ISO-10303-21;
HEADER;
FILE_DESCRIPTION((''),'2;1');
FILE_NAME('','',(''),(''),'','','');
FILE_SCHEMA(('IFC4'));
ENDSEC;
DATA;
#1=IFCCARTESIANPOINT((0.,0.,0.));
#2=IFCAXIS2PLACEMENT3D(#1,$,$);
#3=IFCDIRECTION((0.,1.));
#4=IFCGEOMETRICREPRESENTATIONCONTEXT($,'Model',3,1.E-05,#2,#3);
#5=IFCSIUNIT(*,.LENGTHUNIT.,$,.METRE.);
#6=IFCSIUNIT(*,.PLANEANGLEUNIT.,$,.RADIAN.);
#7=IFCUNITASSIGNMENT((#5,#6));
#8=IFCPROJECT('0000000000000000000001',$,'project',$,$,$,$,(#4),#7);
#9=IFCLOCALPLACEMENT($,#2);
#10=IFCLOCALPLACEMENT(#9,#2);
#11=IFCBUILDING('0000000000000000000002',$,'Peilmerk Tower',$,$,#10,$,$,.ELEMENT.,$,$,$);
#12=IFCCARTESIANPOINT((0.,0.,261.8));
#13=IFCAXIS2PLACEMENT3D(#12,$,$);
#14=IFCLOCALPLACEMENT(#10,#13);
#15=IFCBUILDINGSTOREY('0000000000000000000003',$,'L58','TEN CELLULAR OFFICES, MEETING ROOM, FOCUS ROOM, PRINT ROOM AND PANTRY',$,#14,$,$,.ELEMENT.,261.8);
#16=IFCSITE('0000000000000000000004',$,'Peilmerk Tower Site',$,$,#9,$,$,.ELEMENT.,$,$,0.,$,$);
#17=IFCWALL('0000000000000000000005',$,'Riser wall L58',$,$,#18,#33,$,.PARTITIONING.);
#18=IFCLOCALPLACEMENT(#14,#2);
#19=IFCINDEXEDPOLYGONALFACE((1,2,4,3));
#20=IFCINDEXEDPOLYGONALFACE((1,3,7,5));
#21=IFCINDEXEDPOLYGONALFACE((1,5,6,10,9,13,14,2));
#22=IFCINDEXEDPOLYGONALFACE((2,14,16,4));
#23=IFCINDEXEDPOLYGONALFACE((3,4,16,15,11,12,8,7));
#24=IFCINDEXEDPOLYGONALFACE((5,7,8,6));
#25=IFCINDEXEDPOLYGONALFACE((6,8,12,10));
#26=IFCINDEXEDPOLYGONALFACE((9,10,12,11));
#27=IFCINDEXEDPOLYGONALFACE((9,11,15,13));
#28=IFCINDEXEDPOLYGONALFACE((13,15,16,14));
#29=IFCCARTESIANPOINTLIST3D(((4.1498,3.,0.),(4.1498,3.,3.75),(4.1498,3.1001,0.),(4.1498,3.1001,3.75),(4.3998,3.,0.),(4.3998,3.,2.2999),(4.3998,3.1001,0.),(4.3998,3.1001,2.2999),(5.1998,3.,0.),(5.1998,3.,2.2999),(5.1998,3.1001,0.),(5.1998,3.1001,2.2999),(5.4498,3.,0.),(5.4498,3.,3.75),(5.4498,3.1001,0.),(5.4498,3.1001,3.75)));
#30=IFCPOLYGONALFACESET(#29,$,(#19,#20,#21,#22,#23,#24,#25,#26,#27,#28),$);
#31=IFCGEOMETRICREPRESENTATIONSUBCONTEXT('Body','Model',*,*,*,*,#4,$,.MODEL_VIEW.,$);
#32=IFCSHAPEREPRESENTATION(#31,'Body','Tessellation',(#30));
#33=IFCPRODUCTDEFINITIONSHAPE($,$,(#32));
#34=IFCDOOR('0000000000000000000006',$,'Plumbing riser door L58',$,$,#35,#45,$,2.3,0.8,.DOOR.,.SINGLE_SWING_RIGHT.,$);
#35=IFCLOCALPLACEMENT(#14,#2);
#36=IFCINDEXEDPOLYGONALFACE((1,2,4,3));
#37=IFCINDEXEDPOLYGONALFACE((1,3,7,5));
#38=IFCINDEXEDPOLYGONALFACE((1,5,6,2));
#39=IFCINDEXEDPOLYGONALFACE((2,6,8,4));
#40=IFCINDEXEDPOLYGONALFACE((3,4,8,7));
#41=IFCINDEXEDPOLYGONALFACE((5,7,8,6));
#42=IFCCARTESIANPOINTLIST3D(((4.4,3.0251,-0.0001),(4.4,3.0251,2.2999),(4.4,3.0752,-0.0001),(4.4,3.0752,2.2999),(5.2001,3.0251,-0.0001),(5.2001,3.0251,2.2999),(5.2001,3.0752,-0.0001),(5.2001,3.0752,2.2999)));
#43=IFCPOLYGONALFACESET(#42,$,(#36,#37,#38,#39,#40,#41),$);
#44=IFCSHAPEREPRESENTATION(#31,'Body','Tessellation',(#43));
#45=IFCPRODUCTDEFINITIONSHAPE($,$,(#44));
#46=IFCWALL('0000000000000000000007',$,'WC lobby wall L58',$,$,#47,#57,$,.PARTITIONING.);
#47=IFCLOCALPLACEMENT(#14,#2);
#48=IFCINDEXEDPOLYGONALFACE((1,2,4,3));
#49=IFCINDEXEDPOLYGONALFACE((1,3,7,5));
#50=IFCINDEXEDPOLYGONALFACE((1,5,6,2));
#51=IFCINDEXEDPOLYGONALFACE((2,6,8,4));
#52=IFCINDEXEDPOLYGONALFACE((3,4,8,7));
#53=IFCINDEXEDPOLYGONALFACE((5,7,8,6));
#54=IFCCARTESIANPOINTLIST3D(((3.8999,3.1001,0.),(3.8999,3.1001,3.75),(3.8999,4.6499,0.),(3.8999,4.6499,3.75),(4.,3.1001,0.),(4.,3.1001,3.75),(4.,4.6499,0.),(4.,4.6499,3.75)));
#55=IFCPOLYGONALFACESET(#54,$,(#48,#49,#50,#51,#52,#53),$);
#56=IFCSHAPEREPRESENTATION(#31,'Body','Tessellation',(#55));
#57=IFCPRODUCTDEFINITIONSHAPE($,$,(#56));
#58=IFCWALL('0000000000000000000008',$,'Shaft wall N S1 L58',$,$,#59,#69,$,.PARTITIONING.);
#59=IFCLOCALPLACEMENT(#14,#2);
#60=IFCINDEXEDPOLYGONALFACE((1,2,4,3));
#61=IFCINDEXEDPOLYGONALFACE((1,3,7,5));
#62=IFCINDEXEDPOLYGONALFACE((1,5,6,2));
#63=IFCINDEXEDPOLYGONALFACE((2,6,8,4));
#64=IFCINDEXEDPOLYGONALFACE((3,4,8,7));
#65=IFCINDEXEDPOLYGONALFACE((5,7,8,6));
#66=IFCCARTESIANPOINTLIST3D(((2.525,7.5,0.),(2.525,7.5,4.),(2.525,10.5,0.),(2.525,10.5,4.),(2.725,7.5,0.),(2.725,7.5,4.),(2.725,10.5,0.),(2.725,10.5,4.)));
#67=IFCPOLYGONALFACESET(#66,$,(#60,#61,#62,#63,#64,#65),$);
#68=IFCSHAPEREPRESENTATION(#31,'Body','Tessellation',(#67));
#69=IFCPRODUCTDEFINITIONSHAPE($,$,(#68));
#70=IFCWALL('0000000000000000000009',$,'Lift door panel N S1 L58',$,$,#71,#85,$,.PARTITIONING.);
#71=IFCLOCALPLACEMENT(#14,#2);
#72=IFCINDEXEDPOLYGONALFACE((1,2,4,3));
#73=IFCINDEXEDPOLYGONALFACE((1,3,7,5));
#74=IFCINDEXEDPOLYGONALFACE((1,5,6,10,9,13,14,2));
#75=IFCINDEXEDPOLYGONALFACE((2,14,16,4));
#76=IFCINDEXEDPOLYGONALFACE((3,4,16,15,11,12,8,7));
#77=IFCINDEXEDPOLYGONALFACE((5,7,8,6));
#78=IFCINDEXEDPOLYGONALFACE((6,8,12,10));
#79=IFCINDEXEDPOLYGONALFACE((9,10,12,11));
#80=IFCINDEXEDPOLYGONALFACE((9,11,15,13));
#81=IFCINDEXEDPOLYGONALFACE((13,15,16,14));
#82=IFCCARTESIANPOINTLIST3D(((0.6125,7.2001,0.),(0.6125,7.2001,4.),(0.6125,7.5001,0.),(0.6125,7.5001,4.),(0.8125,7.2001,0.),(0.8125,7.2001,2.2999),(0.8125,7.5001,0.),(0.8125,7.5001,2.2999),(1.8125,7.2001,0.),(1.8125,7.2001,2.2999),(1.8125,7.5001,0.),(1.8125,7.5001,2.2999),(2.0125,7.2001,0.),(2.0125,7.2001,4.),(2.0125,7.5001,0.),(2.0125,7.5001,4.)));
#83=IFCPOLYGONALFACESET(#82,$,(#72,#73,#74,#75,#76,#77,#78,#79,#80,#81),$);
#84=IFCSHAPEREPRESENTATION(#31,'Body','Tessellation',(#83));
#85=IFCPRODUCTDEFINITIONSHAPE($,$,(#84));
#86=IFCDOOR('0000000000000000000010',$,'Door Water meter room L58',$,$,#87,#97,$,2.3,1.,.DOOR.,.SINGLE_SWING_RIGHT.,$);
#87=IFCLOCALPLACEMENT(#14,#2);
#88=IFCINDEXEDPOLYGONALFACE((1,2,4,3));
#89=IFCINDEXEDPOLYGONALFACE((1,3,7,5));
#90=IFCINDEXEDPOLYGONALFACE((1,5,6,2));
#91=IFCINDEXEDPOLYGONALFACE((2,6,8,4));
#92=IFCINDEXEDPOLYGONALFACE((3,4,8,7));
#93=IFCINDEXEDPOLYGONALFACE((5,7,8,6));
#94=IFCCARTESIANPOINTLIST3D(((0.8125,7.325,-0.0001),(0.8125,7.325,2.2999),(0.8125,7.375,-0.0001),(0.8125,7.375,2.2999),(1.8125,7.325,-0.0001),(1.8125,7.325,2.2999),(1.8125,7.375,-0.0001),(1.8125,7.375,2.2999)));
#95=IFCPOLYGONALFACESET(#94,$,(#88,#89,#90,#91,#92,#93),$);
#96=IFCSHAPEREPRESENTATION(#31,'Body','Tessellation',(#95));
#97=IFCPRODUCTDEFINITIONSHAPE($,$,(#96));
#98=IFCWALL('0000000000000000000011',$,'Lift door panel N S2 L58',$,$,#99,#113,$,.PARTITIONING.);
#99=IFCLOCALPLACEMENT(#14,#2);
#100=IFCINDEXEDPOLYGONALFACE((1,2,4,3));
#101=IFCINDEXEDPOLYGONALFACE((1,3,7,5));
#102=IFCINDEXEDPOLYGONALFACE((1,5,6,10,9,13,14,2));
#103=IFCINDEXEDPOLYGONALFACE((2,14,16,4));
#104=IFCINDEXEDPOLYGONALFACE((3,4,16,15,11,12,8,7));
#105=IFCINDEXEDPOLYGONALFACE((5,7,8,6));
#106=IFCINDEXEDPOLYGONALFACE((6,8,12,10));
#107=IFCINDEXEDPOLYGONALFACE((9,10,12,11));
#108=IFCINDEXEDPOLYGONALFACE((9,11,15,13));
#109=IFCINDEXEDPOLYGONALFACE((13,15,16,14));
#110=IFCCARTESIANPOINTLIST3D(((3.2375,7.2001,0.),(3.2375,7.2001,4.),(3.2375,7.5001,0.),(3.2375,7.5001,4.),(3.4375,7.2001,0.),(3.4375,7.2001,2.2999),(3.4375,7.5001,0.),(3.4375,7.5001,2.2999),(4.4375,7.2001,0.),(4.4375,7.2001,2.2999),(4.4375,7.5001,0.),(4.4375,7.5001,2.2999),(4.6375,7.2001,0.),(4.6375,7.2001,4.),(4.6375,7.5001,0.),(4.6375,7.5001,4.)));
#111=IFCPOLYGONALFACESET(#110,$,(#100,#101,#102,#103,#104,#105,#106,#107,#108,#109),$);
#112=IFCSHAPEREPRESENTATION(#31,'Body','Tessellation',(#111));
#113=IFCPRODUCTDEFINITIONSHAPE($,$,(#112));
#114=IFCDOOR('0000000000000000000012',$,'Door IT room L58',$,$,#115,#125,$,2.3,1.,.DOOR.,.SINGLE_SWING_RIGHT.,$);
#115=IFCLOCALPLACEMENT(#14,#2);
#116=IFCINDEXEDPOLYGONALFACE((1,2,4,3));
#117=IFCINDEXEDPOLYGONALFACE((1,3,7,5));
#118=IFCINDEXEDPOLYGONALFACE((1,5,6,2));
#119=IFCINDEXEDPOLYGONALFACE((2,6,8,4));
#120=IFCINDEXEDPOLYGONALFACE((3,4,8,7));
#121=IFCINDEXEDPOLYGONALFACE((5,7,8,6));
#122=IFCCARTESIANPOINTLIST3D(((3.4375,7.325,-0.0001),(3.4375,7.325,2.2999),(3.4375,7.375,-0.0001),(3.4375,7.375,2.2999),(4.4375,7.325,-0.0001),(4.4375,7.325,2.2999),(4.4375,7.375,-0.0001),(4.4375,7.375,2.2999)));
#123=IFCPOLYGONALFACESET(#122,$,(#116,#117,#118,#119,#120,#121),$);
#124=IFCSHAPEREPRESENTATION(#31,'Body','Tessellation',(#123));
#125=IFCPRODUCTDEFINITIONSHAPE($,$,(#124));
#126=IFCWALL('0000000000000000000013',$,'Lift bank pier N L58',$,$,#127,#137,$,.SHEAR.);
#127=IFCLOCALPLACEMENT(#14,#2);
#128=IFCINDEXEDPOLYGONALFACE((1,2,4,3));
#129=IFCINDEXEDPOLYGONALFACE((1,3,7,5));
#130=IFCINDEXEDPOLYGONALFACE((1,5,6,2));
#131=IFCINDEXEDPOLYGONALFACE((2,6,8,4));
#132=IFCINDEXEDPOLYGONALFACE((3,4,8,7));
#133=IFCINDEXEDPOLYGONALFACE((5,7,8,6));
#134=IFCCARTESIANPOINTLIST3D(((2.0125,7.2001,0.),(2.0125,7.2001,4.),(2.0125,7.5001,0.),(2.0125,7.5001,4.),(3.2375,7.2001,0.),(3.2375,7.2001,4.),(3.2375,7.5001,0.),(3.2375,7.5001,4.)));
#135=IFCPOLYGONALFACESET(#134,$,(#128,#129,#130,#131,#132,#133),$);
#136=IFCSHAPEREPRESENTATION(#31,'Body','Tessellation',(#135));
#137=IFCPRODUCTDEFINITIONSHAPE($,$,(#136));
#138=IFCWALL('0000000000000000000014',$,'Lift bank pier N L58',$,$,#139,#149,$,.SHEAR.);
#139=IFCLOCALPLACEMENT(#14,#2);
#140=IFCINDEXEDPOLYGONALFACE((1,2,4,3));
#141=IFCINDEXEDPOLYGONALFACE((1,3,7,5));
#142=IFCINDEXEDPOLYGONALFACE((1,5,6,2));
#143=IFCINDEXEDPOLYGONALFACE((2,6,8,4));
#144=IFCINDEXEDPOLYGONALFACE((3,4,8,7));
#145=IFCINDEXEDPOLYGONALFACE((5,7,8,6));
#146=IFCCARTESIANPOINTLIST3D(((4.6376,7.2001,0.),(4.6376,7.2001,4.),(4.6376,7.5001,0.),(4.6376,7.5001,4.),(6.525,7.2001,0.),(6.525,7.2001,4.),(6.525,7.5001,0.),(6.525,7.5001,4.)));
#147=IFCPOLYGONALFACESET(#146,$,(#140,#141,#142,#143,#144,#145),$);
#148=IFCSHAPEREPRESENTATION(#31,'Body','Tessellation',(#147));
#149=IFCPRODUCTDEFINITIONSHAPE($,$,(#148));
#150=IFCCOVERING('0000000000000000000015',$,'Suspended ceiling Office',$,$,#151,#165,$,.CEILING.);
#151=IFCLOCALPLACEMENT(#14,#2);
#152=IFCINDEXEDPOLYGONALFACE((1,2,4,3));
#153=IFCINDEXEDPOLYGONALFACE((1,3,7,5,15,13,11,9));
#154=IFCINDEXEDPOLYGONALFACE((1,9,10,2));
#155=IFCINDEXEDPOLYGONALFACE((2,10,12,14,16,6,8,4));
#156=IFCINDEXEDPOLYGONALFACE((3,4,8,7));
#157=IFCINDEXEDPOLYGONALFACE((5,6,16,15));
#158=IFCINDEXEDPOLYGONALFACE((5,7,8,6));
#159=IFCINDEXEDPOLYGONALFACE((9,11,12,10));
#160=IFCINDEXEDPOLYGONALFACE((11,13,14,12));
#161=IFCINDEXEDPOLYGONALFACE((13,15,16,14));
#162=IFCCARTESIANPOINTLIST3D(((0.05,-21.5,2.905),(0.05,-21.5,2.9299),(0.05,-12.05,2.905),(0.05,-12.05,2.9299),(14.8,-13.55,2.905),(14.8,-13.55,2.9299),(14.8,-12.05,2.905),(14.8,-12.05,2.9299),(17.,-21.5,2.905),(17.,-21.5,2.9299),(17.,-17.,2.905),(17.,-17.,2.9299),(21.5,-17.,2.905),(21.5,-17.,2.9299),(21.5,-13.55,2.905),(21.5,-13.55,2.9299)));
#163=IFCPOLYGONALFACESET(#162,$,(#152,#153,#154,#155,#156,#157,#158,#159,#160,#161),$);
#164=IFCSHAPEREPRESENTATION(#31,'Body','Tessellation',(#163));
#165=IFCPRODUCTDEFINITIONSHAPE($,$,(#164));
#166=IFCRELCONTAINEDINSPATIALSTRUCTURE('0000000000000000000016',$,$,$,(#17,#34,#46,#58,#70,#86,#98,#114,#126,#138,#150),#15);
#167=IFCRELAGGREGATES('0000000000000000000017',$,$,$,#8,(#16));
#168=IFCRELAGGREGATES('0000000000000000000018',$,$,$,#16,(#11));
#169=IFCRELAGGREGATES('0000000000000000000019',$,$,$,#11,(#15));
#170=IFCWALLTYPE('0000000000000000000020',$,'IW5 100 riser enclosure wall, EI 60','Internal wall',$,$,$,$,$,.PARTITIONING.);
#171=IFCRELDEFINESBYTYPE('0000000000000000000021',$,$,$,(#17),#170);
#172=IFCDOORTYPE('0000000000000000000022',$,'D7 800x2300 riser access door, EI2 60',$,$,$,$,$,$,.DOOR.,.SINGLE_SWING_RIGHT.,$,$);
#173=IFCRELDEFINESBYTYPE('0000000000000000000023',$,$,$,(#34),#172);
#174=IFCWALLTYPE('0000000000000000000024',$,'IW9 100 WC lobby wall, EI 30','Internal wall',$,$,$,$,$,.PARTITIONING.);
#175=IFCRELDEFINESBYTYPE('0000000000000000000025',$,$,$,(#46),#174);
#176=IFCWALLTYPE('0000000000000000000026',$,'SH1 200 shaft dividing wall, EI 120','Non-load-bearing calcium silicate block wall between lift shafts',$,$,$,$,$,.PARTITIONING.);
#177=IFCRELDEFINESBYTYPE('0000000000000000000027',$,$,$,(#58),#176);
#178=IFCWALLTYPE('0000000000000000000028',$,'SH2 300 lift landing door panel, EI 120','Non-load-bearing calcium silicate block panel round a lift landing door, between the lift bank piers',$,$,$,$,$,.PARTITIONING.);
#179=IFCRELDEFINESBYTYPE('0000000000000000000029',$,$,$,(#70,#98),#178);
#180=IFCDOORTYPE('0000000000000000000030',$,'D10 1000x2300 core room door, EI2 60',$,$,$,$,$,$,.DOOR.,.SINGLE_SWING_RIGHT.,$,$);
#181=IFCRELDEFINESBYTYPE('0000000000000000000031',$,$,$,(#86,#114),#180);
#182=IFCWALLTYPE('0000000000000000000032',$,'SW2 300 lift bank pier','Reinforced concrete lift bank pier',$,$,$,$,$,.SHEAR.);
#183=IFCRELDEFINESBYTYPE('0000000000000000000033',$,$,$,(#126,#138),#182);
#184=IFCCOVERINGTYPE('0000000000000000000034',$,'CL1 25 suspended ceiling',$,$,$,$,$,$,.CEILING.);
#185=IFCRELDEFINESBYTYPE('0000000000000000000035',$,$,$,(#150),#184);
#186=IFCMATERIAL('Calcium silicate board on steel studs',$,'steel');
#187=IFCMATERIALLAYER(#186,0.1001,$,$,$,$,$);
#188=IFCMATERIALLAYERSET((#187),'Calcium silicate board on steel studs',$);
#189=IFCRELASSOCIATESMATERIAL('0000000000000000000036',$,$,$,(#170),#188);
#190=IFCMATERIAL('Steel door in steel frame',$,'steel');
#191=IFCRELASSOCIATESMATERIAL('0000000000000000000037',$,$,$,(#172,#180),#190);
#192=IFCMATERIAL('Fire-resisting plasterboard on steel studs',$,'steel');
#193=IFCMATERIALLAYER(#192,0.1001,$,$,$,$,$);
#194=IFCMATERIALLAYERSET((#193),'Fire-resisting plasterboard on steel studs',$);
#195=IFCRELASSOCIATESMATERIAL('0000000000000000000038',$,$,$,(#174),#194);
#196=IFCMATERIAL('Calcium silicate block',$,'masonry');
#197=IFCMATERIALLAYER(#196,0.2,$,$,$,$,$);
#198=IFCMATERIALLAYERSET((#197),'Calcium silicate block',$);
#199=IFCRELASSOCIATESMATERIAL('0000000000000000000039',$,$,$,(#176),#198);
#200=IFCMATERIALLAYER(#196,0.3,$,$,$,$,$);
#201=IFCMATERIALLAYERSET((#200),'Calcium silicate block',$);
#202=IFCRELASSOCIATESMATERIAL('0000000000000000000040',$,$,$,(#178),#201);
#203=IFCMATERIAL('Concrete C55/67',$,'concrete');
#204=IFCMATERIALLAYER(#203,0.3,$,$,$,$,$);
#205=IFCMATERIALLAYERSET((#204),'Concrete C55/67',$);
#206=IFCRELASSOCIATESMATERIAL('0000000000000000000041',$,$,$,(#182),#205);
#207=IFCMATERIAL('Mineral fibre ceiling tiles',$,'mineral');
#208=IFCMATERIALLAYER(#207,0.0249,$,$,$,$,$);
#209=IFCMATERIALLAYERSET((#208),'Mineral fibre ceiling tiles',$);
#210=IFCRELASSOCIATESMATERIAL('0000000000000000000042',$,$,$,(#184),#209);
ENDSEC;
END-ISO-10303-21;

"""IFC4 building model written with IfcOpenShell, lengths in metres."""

from ifc_helpers import new_model, si_unit, direction, frame, frame_2d, origin, place, context, subcontext, project, spatial, polyline, rectangle, outline, extrude, material, layer, layer_set, type_object, element, fill, save


model = new_model("IFC4")

# Units and contexts
model_context = context("Model", 3, precision=1e-05, world=origin(), true_north=direction((0.0, 1.0)))
body_context = subcontext(model_context, "Body", "Model", "MODEL_VIEW")
ifc_project = project(units=[si_unit("LENGTHUNIT", "METRE"), si_unit("PLANEANGLEUNIT", "RADIAN")], contexts=[model_context])

# Site, building, storey
site_placement = place(None, origin())
site = spatial("IfcSite", under=ifc_project, at=site_placement, Name="Peilmerk Tower Site", CompositionType="ELEMENT", RefElevation=0.0)
building_placement = place(site_placement, origin())
building = spatial("IfcBuilding", under=site, at=building_placement, Name="Peilmerk Tower", CompositionType="ELEMENT")
storey_placement = place(building_placement, frame((0.0, 0.0, 261.8)))
storey = spatial("IfcBuildingStorey", under=building, at=storey_placement, Name="L58", Description="TEN CELLULAR OFFICES, MEETING ROOM, FOCUS ROOM, PRINT ROOM AND PANTRY", CompositionType="ELEMENT", Elevation=261.8)

# Wall, opening, door
ifc_material_1 = material(Name="Calcium silicate board on steel studs", Category="steel")
ifc_layer_1 = layer(ifc_material_1, 0.1001)
ifc_layer_set_1 = layer_set([ifc_layer_1], Name="Calcium silicate board on steel studs")
wall_type_1 = type_object("IfcWallType", Name="IW5 100 riser enclosure wall, EI 60", Description="Internal wall", PredefinedType="PARTITIONING", material=ifc_layer_set_1)
wall_1_placement = place(storey_placement, frame((4.1499, 3.05, 0.0), z_axis=(0.0, 0.0, 1.0), x_axis=(1.0, 0.0, 0.0)))
wall_1 = element("IfcWall", 1, at=wall_1_placement, inside=storey, type_object=wall_type_1, Name="Riser wall L58", PredefinedType="PARTITIONING", context=body_context, shape_type="SweptSolid", body=[
    extrude(rectangle(XDim=1.3, YDim=0.1001, at=frame_2d((0.6499, 0.0))), origin(), (0.0, 0.0, 1.0), 3.75),
])
opening_1_placement = place(wall_1_placement, frame((0.25, 0.0, 0.0)))
opening_1 = element("IfcOpeningElement", 2, at=opening_1_placement, cuts=wall_1, PredefinedType="OPENING", context=body_context, shape_type="SweptSolid", body=[
    extrude(rectangle(XDim=0.8, YDim=2.3, at=frame_2d((0.3999, 1.1499))), frame((0.0, 0.0601, 0.0), z_axis=(0.0, -1.0, 0.0), x_axis=(1.0, 0.0, 0.0)), (0.0, 0.0, 1.0), 0.1201),
])
ifc_material_2 = material(Name="Steel door in steel frame", Category="steel")
door_type_1 = type_object("IfcDoorType", Name="D7 800x2300 riser access door, EI2 60", OperationType="SINGLE_SWING_RIGHT", PredefinedType="DOOR", material=ifc_material_2)
door_1_placement = place(opening_1_placement, frame((0.8, 0.0, 0.0), z_axis=(0.0, 0.0, 1.0), x_axis=(-1.0, 0.0, 0.0)))
door_1 = element("IfcDoor", 3, at=door_1_placement, inside=storey, type_object=door_type_1, Name="Plumbing riser door L58", OperationType="SINGLE_SWING_RIGHT", OverallHeight=2.3, OverallWidth=0.8, PredefinedType="DOOR", context=body_context, shape_type="SweptSolid", body=[
    extrude(rectangle(XDim=0.8, YDim=2.3, at=frame_2d((0.3999, 1.1499))), frame((0.0, 0.0249, 0.0), z_axis=(0.0, -1.0, 0.0), x_axis=(1.0, 0.0, 0.0)), (0.0, 0.0, 1.0), 0.05),
])
fill(opening_1, door_1)

# Walls
ifc_material_3 = material(Name="Fire-resisting plasterboard on steel studs", Category="steel")
ifc_layer_2 = layer(ifc_material_3, 0.1001)
ifc_layer_set_2 = layer_set([ifc_layer_2], Name="Fire-resisting plasterboard on steel studs")
wall_type_2 = type_object("IfcWallType", Name="IW9 100 WC lobby wall, EI 30", Description="Internal wall", PredefinedType="PARTITIONING", material=ifc_layer_set_2)
wall_2_placement = place(storey_placement, frame((3.95, 3.1001, 0.0), z_axis=(0.0, 0.0, 1.0), x_axis=(0.0, 1.0, 0.0)))
element("IfcWall", 4, at=wall_2_placement, inside=storey, type_object=wall_type_2, Name="WC lobby wall L58", PredefinedType="PARTITIONING", context=body_context, shape_type="SweptSolid", body=[
    extrude(rectangle(XDim=1.5498, YDim=0.1001, at=frame_2d((0.7749, 0.0))), origin(), (0.0, 0.0, 1.0), 3.75),
])
ifc_material_4 = material(Name="Calcium silicate block", Category="masonry")
ifc_layer_3 = layer(ifc_material_4, 0.2)
ifc_layer_set_3 = layer_set([ifc_layer_3], Name="Calcium silicate block")
wall_type_3 = type_object("IfcWallType", Name="SH1 200 shaft dividing wall, EI 120", Description="Non-load-bearing calcium silicate block wall between lift shafts", PredefinedType="PARTITIONING", material=ifc_layer_set_3)
wall_3_placement = place(storey_placement, frame((2.625, 7.5, 0.0), z_axis=(0.0, 0.0, 1.0), x_axis=(0.0, 1.0, 0.0)))
element("IfcWall", 5, at=wall_3_placement, inside=storey, type_object=wall_type_3, Name="Shaft wall N S1 L58", PredefinedType="PARTITIONING", context=body_context, shape_type="SweptSolid", body=[
    extrude(rectangle(XDim=3.0, YDim=0.2, at=frame_2d((1.5, 0.0))), origin(), (0.0, 0.0, 1.0), 4.0),
])

# Walls, openings, doors
ifc_layer_4 = layer(ifc_material_4, 0.3)
ifc_layer_set_4 = layer_set([ifc_layer_4], Name="Calcium silicate block")
wall_type_4 = type_object("IfcWallType", Name="SH2 300 lift landing door panel, EI 120", Description="Non-load-bearing calcium silicate block panel round a lift landing door, between the lift bank piers", PredefinedType="PARTITIONING", material=ifc_layer_set_4)
wall_4_placement = place(storey_placement, frame((0.6125, 7.3501, 0.0), z_axis=(0.0, 0.0, 1.0), x_axis=(1.0, 0.0, 0.0)))
wall_4 = element("IfcWall", 6, at=wall_4_placement, inside=storey, type_object=wall_type_4, Name="Lift door panel N S1 L58", PredefinedType="PARTITIONING", context=body_context, shape_type="SweptSolid", body=[
    extrude(rectangle(XDim=1.3999, YDim=0.3, at=frame_2d((0.7, 0.0))), origin(), (0.0, 0.0, 1.0), 4.0),
])
opening_2_placement = place(wall_4_placement, frame((0.2, 0.0, 0.0)))
opening_2 = element("IfcOpeningElement", 7, at=opening_2_placement, cuts=wall_4, PredefinedType="OPENING", context=body_context, shape_type="SweptSolid", body=[
    extrude(rectangle(XDim=1.0, YDim=2.3, at=frame_2d((0.5, 1.1499))), frame((0.0, 0.1599, 0.0), z_axis=(0.0, -1.0, 0.0), x_axis=(1.0, 0.0, 0.0)), (0.0, 0.0, 1.0), 0.3201),
])
door_type_2 = type_object("IfcDoorType", Name="D10 1000x2300 core room door, EI2 60", OperationType="SINGLE_SWING_RIGHT", PredefinedType="DOOR", material=ifc_material_2)
door_2_placement = place(opening_2_placement, origin())
door_2 = element("IfcDoor", 8, at=door_2_placement, inside=storey, type_object=door_type_2, Name="Door Water meter room L58", OperationType="SINGLE_SWING_RIGHT", OverallHeight=2.3, OverallWidth=1.0, PredefinedType="DOOR", context=body_context, shape_type="SweptSolid", body=[
    extrude(rectangle(XDim=1.0, YDim=2.3, at=frame_2d((0.5, 1.1499))), frame((0.0, 0.0249, 0.0), z_axis=(0.0, -1.0, 0.0), x_axis=(1.0, 0.0, 0.0)), (0.0, 0.0, 1.0), 0.05),
])
fill(opening_2, door_2)
wall_5_placement = place(storey_placement, frame((3.2375, 7.3501, 0.0), z_axis=(0.0, 0.0, 1.0), x_axis=(1.0, 0.0, 0.0)))
wall_5 = element("IfcWall", 9, at=wall_5_placement, inside=storey, type_object=wall_type_4, Name="Lift door panel N S2 L58", PredefinedType="PARTITIONING", context=body_context, shape_type="SweptSolid", body=[
    extrude(rectangle(XDim=1.3999, YDim=0.3, at=frame_2d((0.7, 0.0))), origin(), (0.0, 0.0, 1.0), 4.0),
])
opening_3_placement = place(wall_5_placement, frame((0.2, 0.0, 0.0)))
opening_3 = element("IfcOpeningElement", 10, at=opening_3_placement, cuts=wall_5, PredefinedType="OPENING", context=body_context, shape_type="SweptSolid", body=[
    extrude(rectangle(XDim=1.0, YDim=2.3, at=frame_2d((0.5, 1.1499))), frame((0.0, 0.1599, 0.0), z_axis=(0.0, -1.0, 0.0), x_axis=(1.0, 0.0, 0.0)), (0.0, 0.0, 1.0), 0.3201),
])
door_3_placement = place(opening_3_placement, origin())
door_3 = element("IfcDoor", 11, at=door_3_placement, inside=storey, type_object=door_type_2, Name="Door IT room L58", OperationType="SINGLE_SWING_RIGHT", OverallHeight=2.3, OverallWidth=1.0, PredefinedType="DOOR", context=body_context, shape_type="SweptSolid", body=[
    extrude(rectangle(XDim=1.0, YDim=2.3, at=frame_2d((0.5, 1.1499))), frame((0.0, 0.0249, 0.0), z_axis=(0.0, -1.0, 0.0), x_axis=(1.0, 0.0, 0.0)), (0.0, 0.0, 1.0), 0.05),
])
fill(opening_3, door_3)

# Walls
ifc_material_5 = material(Name="Concrete C55/67", Category="concrete")
ifc_layer_5 = layer(ifc_material_5, 0.3)
ifc_layer_set_5 = layer_set([ifc_layer_5], Name="Concrete C55/67")
wall_type_5 = type_object("IfcWallType", Name="SW2 300 lift bank pier", Description="Reinforced concrete lift bank pier", PredefinedType="SHEAR", material=ifc_layer_set_5)
wall_6_placement = place(storey_placement, frame((2.0125, 7.3501, 0.0), z_axis=(0.0, 0.0, 1.0), x_axis=(1.0, 0.0, 0.0)))
element("IfcWall", 12, at=wall_6_placement, inside=storey, type_object=wall_type_5, Name="Lift bank pier N L58", PredefinedType="SHEAR", context=body_context, shape_type="SweptSolid", body=[
    extrude(rectangle(XDim=1.2251, YDim=0.3, at=frame_2d((0.6125, 0.0))), origin(), (0.0, 0.0, 1.0), 4.0),
])
wall_7_placement = place(storey_placement, frame((4.6375, 7.3501, 0.0), z_axis=(0.0, 0.0, 1.0), x_axis=(1.0, 0.0, 0.0)))
element("IfcWall", 13, at=wall_7_placement, inside=storey, type_object=wall_type_5, Name="Lift bank pier N L58", PredefinedType="SHEAR", context=body_context, shape_type="SweptSolid", body=[
    extrude(rectangle(XDim=1.8875, YDim=0.3, at=frame_2d((0.9438, 0.0))), origin(), (0.0, 0.0, 1.0), 4.0),
])

# Covering
ifc_material_6 = material(Name="Mineral fibre ceiling tiles", Category="mineral")
ifc_layer_6 = layer(ifc_material_6, 0.0249)
ifc_layer_set_6 = layer_set([ifc_layer_6], Name="Mineral fibre ceiling tiles")
covering_type = type_object("IfcCoveringType", Name="CL1 25 suspended ceiling", PredefinedType="CEILING", material=ifc_layer_set_6)
covering_1_placement = place(storey_placement, frame((0.0, 0.0, 2.905)))
element("IfcCovering", 14, at=covering_1_placement, inside=storey, type_object=covering_type, Name="Suspended ceiling Office", PredefinedType="CEILING", context=body_context, shape_type="SweptSolid", body=[
    extrude(outline(polyline([(0.05, -21.5), (17.0, -21.5), (17.0, -17.0), (21.5, -17.0), (21.5, -13.55), (14.8, -13.55), (14.8, -12.05), (0.05, -12.05), (0.05, -21.5)])), origin(), (0.0, 0.0, 1.0), 0.0249),
])

save(model, "model.ifc")
